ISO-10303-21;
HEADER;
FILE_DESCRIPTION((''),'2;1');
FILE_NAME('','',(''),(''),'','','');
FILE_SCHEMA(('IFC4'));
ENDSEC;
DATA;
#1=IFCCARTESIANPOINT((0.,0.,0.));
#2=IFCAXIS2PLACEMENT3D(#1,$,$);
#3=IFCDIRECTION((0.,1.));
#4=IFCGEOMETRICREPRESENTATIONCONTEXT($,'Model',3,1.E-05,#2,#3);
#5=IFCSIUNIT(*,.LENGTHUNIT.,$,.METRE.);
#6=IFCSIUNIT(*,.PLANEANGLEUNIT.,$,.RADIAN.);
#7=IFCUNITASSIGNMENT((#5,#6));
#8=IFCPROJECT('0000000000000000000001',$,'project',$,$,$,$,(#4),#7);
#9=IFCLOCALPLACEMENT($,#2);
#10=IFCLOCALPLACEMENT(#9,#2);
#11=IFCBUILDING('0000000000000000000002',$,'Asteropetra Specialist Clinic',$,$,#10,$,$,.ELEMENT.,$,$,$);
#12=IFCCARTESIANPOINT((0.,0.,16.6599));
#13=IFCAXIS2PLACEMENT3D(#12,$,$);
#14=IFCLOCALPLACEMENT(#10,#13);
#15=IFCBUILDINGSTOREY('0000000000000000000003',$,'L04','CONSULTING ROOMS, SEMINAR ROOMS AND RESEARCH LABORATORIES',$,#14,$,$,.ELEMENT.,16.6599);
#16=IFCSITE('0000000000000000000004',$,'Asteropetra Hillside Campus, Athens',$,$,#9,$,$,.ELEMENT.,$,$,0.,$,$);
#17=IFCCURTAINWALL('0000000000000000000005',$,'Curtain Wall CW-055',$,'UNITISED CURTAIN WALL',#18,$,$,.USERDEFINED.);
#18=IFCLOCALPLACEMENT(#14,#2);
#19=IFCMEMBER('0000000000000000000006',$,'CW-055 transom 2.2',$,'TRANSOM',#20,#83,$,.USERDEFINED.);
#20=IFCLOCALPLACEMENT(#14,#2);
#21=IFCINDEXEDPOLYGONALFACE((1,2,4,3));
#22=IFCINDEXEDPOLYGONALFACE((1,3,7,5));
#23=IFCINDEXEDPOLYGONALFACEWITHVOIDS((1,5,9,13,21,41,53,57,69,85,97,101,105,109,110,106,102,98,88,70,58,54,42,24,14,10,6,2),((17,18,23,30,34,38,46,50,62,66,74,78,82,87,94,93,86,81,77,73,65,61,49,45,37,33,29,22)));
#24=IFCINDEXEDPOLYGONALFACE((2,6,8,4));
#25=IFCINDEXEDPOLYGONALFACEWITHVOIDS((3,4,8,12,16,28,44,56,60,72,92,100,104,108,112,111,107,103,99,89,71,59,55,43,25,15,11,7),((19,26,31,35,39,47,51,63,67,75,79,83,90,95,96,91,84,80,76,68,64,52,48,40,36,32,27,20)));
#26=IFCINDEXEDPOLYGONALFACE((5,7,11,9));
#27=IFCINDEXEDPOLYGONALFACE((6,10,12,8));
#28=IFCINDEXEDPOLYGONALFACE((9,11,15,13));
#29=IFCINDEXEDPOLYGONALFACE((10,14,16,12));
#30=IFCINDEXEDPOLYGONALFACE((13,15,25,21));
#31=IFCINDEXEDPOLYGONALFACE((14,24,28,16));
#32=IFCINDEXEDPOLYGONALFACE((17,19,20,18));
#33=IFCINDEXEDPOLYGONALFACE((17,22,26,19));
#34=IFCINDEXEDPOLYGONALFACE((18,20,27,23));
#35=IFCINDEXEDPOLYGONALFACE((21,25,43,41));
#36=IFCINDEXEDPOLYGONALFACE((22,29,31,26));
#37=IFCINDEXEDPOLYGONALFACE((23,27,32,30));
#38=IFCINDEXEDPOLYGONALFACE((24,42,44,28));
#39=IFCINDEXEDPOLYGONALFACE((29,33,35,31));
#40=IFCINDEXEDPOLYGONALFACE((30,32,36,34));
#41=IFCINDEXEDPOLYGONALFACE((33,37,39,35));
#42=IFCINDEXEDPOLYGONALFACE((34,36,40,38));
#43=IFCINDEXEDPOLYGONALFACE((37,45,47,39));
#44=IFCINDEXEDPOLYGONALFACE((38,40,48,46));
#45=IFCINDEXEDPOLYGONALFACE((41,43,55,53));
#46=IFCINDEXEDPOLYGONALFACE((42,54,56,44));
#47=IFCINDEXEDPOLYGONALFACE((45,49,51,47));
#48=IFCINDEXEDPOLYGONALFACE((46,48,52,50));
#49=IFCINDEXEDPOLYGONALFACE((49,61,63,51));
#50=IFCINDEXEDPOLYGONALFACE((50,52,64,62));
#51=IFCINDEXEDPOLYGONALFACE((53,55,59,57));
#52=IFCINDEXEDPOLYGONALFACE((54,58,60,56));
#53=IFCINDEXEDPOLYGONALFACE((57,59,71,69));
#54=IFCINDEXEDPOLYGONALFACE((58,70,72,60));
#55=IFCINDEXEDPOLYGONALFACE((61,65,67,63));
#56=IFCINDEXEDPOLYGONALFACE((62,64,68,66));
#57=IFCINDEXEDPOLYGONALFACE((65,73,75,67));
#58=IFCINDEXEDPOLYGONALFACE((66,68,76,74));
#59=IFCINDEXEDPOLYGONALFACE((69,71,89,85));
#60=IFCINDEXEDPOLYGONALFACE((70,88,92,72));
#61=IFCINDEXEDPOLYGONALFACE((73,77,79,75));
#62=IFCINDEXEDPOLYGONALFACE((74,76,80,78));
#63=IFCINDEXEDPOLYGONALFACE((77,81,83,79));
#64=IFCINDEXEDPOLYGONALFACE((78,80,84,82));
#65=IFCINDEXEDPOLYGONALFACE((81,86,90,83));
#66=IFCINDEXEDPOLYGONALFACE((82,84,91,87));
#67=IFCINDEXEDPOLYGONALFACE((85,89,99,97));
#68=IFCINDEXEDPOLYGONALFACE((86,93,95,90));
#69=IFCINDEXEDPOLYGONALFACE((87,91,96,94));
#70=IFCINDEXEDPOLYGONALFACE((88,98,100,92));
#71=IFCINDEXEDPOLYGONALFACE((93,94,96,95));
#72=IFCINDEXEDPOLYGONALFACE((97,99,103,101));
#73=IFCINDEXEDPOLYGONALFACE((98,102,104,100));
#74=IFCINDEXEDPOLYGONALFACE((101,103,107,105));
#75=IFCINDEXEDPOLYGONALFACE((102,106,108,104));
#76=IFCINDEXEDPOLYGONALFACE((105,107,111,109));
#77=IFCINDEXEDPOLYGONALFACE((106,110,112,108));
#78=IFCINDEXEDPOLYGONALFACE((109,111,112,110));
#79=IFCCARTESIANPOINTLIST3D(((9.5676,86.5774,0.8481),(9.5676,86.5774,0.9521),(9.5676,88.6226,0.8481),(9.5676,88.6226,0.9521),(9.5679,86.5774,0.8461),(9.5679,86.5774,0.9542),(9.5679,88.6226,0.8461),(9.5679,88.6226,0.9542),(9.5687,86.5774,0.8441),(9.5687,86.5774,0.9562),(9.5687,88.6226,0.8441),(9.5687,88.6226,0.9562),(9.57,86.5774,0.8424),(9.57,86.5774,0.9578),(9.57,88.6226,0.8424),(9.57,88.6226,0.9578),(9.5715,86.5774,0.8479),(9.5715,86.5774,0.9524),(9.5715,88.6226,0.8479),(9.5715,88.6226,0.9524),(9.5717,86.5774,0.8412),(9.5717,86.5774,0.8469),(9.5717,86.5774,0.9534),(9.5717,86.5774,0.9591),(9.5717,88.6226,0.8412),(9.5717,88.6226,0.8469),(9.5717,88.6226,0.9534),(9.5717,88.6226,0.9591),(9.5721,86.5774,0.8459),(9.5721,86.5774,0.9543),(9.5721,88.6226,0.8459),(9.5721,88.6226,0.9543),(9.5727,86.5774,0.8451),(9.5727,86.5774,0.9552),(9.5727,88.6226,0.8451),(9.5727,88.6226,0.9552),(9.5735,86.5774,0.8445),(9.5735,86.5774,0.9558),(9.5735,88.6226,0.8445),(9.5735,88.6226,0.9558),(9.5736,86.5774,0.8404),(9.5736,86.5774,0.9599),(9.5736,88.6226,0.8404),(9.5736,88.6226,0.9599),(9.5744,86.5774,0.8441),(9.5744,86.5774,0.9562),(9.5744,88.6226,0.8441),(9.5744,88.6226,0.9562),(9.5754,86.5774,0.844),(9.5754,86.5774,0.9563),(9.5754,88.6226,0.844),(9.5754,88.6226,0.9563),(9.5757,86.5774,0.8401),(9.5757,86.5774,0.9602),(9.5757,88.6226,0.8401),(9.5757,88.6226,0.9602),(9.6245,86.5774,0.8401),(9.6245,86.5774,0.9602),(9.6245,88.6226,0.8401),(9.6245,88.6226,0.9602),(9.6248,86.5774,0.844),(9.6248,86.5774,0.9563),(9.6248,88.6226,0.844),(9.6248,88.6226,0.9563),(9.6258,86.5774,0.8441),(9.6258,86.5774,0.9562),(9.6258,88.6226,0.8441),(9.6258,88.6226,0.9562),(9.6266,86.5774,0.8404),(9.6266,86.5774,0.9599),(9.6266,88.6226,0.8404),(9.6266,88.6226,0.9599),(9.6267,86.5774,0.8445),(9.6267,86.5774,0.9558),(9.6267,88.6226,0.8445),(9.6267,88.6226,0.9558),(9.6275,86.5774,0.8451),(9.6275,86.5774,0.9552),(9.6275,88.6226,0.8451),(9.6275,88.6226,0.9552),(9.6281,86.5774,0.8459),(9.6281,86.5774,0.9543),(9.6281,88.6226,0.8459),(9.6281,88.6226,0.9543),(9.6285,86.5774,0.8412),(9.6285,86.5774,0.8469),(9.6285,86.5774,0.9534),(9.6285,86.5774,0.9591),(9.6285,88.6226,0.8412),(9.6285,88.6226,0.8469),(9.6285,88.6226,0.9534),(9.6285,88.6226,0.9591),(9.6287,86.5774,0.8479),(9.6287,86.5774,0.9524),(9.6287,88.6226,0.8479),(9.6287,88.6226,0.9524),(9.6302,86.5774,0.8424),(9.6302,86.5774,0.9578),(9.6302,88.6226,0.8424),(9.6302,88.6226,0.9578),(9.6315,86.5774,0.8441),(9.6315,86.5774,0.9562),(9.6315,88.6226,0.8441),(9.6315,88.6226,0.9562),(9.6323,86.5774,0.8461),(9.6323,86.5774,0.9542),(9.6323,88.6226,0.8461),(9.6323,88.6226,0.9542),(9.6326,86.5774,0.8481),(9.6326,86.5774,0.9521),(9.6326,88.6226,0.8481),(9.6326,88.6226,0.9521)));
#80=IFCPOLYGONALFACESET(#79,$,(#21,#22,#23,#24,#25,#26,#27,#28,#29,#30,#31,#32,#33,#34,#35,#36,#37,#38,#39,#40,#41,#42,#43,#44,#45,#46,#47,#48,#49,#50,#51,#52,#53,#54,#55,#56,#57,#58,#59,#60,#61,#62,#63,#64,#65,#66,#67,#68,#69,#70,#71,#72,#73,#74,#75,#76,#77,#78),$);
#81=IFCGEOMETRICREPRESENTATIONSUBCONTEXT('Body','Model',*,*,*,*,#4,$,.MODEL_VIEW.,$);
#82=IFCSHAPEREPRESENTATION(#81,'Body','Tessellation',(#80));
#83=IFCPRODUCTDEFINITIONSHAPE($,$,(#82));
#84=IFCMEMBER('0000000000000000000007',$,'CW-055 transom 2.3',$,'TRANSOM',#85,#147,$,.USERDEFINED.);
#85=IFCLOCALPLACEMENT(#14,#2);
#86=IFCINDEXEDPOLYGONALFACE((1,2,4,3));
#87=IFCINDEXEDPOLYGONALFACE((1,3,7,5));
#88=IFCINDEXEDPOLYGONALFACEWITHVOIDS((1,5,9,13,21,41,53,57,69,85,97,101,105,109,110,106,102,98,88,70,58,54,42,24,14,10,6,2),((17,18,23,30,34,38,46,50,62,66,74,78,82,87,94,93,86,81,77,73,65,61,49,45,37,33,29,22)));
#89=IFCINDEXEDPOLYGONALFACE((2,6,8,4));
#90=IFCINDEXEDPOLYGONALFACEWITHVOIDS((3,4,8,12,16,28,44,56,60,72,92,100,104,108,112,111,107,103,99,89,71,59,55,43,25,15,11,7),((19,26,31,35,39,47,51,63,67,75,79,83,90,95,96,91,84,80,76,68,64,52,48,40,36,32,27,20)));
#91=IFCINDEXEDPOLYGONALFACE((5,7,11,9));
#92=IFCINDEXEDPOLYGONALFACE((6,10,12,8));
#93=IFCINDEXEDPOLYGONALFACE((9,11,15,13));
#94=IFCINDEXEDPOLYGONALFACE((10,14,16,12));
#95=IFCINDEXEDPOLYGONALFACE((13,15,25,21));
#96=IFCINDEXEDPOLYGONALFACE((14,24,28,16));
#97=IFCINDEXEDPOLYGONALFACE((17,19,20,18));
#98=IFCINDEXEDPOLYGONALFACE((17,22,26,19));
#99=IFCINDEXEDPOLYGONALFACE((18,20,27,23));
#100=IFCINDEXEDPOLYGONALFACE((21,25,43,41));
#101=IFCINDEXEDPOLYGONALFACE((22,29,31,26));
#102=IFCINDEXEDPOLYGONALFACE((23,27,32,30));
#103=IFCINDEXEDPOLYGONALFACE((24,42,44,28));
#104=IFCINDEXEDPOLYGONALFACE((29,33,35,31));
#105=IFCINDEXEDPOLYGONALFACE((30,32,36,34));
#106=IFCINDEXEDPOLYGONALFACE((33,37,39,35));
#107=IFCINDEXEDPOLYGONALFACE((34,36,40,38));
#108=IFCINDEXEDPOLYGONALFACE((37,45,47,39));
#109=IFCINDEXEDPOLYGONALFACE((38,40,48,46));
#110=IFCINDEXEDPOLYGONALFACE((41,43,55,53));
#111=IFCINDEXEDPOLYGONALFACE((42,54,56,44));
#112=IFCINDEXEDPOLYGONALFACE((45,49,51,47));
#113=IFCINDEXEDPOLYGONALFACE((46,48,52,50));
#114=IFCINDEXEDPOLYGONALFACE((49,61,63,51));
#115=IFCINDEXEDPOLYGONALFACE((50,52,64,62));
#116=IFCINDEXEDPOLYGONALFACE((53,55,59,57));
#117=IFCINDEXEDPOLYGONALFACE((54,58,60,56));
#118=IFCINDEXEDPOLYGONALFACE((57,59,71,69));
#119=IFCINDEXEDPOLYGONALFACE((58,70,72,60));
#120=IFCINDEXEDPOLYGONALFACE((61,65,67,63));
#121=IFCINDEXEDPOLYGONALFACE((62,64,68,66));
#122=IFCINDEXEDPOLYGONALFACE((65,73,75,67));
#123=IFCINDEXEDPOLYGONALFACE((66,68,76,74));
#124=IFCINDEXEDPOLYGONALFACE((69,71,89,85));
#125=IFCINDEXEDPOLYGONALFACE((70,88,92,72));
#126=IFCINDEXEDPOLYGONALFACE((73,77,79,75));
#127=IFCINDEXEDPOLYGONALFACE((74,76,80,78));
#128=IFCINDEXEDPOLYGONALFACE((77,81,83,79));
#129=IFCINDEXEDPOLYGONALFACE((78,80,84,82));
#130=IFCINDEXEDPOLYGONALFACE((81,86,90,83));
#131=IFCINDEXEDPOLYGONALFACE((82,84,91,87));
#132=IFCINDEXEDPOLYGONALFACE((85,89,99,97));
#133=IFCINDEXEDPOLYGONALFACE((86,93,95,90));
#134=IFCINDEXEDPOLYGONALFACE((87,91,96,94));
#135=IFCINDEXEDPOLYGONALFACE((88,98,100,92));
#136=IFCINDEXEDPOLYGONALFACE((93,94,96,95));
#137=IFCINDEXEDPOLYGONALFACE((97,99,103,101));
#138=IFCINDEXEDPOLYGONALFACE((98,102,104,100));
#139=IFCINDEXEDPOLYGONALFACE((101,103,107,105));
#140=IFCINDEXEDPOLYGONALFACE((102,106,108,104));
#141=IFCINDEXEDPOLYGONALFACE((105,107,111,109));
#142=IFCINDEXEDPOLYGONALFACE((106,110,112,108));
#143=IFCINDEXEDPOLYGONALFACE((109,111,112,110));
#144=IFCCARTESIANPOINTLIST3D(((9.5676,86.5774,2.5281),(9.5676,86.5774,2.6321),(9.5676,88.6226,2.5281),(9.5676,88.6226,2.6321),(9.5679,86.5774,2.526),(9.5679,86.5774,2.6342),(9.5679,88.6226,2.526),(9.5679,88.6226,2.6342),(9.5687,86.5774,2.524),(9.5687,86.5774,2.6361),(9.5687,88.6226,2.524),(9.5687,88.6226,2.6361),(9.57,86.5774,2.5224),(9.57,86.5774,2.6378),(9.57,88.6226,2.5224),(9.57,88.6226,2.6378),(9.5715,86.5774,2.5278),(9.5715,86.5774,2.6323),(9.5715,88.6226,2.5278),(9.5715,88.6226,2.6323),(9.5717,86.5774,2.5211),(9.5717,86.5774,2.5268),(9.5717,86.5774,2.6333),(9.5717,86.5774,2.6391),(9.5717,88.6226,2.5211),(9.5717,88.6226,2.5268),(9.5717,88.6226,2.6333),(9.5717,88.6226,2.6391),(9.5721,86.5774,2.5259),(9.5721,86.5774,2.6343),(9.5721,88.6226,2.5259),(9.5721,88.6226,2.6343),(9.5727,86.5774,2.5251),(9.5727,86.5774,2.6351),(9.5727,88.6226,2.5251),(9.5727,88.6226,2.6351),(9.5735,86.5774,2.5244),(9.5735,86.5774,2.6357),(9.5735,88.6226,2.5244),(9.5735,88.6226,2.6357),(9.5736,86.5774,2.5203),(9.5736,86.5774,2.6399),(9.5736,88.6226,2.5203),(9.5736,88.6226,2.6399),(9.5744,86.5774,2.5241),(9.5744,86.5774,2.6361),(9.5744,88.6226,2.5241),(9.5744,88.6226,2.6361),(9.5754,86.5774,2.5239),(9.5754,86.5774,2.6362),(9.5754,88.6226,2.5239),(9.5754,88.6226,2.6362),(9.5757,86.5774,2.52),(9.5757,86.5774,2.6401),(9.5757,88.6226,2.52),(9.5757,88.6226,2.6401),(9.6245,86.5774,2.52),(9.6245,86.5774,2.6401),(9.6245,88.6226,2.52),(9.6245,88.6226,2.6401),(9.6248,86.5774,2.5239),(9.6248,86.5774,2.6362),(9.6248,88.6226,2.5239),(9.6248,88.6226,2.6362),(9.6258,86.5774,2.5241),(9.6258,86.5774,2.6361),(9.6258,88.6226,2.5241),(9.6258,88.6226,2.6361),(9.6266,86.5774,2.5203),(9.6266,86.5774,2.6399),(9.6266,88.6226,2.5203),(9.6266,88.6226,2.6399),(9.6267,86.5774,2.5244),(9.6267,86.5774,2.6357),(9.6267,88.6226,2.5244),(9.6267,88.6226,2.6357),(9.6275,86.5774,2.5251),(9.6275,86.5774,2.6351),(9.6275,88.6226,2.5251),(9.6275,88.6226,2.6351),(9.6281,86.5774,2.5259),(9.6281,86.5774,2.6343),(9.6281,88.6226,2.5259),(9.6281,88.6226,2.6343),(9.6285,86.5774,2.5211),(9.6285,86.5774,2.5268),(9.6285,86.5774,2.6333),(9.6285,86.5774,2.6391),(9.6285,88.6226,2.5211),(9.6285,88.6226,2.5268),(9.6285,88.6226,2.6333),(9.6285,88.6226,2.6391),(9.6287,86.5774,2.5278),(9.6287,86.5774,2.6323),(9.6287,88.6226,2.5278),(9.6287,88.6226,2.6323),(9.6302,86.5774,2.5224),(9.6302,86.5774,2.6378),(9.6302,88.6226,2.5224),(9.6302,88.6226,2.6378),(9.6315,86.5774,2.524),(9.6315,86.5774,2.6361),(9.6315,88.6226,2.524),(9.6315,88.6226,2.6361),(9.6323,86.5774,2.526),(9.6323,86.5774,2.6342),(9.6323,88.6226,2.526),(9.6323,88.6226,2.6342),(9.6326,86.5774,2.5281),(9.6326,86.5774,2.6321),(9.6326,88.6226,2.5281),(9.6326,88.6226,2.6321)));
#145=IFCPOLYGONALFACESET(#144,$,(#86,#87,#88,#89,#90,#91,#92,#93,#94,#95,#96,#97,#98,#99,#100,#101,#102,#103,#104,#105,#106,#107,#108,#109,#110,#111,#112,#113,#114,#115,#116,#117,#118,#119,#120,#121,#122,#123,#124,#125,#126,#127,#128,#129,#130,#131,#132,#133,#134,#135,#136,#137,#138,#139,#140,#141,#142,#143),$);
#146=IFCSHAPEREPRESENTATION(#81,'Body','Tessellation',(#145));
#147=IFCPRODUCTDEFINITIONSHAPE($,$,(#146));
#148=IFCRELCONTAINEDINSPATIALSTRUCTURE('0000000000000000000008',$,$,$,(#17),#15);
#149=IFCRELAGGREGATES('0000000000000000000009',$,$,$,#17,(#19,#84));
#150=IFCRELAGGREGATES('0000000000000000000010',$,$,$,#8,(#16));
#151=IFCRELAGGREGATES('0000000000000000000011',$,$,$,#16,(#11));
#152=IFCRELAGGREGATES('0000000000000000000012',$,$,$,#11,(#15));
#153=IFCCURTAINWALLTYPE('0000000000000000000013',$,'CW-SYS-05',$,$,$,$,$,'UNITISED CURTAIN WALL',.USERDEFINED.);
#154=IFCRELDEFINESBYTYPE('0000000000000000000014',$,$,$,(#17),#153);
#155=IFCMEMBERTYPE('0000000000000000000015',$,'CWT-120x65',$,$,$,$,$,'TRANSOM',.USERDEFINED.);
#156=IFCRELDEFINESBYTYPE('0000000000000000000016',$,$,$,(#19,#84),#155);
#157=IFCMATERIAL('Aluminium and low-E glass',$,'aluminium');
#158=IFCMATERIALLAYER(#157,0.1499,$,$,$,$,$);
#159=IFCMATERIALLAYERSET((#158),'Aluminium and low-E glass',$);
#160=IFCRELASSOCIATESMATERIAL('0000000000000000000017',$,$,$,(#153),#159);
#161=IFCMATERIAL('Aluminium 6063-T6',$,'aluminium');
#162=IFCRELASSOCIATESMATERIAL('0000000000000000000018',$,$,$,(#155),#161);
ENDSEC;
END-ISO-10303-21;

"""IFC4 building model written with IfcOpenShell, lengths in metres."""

from ifc_helpers import new_model, si_unit, direction, frame, origin, origin_2d, place, context, subcontext, project, spatial, hollow_rectangle, extrude, material, layer, layer_set, material_profile, profile_set, type_object, element, aggregate, save


model = new_model("IFC4")

# Units and contexts
model_context = context("Model", 3, precision=1e-05, world=origin(), true_north=direction((0.0, 1.0)))
body_context = subcontext(model_context, "Body", "Model", "MODEL_VIEW")
ifc_project = project(units=[si_unit("LENGTHUNIT", "METRE"), si_unit("PLANEANGLEUNIT", "RADIAN")], contexts=[model_context])

# Site, building, storey
site_placement = place(None, origin())
site = spatial("IfcSite", under=ifc_project, at=site_placement, Name="Asteropetra Hillside Campus, Athens", CompositionType="ELEMENT", RefElevation=0.0)
building_placement = place(site_placement, origin())
building = spatial("IfcBuilding", under=site, at=building_placement, Name="Asteropetra Specialist Clinic", CompositionType="ELEMENT")
storey_placement = place(building_placement, frame((0.0, 0.0, 16.6599)))
storey = spatial("IfcBuildingStorey", under=building, at=storey_placement, Name="L04", Description="CONSULTING ROOMS, SEMINAR ROOMS AND RESEARCH LABORATORIES", CompositionType="ELEMENT", Elevation=16.6599)

# Curtain wall
ifc_material_1 = material(Name="Aluminium and low-E glass", Category="aluminium")
ifc_layer_1 = layer(ifc_material_1, 0.1499)
ifc_layer_set_1 = layer_set([ifc_layer_1], Name="Aluminium and low-E glass")
curtain_wall_type_1 = type_object("IfcCurtainWallType", Name="CW-SYS-05", ElementType="UNITISED CURTAIN WALL", PredefinedType="USERDEFINED", material=ifc_layer_set_1)
curtain_wall_1_placement = place(storey_placement, origin())
curtain_wall_1 = element("IfcCurtainWall", 1, at=curtain_wall_1_placement, inside=storey, type_object=curtain_wall_type_1, Name="Curtain Wall CW-055", ObjectType="UNITISED CURTAIN WALL", PredefinedType="USERDEFINED")

# Members
ifc_material_2 = material(Name="Aluminium 6063-T6", Category="aluminium")
ifc_material_profile_1 = material_profile(ifc_material_2, hollow_rectangle(XDim=0.0649, YDim=0.1201, WallThickness=0.0039, InnerFilletRadius=0.0039, OuterFilletRadius=0.0081, at=origin_2d()), Name="TRN 120x65x4.0")
ifc_profile_set_1 = profile_set([ifc_material_profile_1], Name="Aluminium 6063-T6")
member_type_1 = type_object("IfcMemberType", Name="CWT-120x65", ElementType="TRANSOM", PredefinedType="USERDEFINED", material=ifc_profile_set_1)
member_1_placement = place(storey_placement, frame((9.6001, 88.6226, 0.9001), z_axis=(0.0, -1.0, 0.0), x_axis=(1.0, 0.0, 0.0)))
member_1 = element("IfcMember", 2, at=member_1_placement, type_object=member_type_1, Name="CW-055 transom 2.2", ObjectType="TRANSOM", PredefinedType="USERDEFINED", context=body_context, shape_type="SweptSolid", body=[
    extrude(hollow_rectangle(XDim=0.0649, YDim=0.1201, WallThickness=0.0039, InnerFilletRadius=0.0039, OuterFilletRadius=0.0081, at=origin_2d()), origin(), (0.0, 0.0, 1.0), 2.0452),
])
member_2_placement = place(storey_placement, frame((9.6001, 88.6226, 2.5801), z_axis=(0.0, -1.0, 0.0), x_axis=(1.0, 0.0, 0.0)))
member_2 = element("IfcMember", 3, at=member_2_placement, type_object=member_type_1, Name="CW-055 transom 2.3", ObjectType="TRANSOM", PredefinedType="USERDEFINED", context=body_context, shape_type="SweptSolid", body=[
    extrude(hollow_rectangle(XDim=0.0649, YDim=0.1201, WallThickness=0.0039, InnerFilletRadius=0.0039, OuterFilletRadius=0.0081, at=origin_2d()), origin(), (0.0, 0.0, 1.0), 2.0452),
])

aggregate(curtain_wall_1, [member_1, member_2])

save(model, "model.ifc")
